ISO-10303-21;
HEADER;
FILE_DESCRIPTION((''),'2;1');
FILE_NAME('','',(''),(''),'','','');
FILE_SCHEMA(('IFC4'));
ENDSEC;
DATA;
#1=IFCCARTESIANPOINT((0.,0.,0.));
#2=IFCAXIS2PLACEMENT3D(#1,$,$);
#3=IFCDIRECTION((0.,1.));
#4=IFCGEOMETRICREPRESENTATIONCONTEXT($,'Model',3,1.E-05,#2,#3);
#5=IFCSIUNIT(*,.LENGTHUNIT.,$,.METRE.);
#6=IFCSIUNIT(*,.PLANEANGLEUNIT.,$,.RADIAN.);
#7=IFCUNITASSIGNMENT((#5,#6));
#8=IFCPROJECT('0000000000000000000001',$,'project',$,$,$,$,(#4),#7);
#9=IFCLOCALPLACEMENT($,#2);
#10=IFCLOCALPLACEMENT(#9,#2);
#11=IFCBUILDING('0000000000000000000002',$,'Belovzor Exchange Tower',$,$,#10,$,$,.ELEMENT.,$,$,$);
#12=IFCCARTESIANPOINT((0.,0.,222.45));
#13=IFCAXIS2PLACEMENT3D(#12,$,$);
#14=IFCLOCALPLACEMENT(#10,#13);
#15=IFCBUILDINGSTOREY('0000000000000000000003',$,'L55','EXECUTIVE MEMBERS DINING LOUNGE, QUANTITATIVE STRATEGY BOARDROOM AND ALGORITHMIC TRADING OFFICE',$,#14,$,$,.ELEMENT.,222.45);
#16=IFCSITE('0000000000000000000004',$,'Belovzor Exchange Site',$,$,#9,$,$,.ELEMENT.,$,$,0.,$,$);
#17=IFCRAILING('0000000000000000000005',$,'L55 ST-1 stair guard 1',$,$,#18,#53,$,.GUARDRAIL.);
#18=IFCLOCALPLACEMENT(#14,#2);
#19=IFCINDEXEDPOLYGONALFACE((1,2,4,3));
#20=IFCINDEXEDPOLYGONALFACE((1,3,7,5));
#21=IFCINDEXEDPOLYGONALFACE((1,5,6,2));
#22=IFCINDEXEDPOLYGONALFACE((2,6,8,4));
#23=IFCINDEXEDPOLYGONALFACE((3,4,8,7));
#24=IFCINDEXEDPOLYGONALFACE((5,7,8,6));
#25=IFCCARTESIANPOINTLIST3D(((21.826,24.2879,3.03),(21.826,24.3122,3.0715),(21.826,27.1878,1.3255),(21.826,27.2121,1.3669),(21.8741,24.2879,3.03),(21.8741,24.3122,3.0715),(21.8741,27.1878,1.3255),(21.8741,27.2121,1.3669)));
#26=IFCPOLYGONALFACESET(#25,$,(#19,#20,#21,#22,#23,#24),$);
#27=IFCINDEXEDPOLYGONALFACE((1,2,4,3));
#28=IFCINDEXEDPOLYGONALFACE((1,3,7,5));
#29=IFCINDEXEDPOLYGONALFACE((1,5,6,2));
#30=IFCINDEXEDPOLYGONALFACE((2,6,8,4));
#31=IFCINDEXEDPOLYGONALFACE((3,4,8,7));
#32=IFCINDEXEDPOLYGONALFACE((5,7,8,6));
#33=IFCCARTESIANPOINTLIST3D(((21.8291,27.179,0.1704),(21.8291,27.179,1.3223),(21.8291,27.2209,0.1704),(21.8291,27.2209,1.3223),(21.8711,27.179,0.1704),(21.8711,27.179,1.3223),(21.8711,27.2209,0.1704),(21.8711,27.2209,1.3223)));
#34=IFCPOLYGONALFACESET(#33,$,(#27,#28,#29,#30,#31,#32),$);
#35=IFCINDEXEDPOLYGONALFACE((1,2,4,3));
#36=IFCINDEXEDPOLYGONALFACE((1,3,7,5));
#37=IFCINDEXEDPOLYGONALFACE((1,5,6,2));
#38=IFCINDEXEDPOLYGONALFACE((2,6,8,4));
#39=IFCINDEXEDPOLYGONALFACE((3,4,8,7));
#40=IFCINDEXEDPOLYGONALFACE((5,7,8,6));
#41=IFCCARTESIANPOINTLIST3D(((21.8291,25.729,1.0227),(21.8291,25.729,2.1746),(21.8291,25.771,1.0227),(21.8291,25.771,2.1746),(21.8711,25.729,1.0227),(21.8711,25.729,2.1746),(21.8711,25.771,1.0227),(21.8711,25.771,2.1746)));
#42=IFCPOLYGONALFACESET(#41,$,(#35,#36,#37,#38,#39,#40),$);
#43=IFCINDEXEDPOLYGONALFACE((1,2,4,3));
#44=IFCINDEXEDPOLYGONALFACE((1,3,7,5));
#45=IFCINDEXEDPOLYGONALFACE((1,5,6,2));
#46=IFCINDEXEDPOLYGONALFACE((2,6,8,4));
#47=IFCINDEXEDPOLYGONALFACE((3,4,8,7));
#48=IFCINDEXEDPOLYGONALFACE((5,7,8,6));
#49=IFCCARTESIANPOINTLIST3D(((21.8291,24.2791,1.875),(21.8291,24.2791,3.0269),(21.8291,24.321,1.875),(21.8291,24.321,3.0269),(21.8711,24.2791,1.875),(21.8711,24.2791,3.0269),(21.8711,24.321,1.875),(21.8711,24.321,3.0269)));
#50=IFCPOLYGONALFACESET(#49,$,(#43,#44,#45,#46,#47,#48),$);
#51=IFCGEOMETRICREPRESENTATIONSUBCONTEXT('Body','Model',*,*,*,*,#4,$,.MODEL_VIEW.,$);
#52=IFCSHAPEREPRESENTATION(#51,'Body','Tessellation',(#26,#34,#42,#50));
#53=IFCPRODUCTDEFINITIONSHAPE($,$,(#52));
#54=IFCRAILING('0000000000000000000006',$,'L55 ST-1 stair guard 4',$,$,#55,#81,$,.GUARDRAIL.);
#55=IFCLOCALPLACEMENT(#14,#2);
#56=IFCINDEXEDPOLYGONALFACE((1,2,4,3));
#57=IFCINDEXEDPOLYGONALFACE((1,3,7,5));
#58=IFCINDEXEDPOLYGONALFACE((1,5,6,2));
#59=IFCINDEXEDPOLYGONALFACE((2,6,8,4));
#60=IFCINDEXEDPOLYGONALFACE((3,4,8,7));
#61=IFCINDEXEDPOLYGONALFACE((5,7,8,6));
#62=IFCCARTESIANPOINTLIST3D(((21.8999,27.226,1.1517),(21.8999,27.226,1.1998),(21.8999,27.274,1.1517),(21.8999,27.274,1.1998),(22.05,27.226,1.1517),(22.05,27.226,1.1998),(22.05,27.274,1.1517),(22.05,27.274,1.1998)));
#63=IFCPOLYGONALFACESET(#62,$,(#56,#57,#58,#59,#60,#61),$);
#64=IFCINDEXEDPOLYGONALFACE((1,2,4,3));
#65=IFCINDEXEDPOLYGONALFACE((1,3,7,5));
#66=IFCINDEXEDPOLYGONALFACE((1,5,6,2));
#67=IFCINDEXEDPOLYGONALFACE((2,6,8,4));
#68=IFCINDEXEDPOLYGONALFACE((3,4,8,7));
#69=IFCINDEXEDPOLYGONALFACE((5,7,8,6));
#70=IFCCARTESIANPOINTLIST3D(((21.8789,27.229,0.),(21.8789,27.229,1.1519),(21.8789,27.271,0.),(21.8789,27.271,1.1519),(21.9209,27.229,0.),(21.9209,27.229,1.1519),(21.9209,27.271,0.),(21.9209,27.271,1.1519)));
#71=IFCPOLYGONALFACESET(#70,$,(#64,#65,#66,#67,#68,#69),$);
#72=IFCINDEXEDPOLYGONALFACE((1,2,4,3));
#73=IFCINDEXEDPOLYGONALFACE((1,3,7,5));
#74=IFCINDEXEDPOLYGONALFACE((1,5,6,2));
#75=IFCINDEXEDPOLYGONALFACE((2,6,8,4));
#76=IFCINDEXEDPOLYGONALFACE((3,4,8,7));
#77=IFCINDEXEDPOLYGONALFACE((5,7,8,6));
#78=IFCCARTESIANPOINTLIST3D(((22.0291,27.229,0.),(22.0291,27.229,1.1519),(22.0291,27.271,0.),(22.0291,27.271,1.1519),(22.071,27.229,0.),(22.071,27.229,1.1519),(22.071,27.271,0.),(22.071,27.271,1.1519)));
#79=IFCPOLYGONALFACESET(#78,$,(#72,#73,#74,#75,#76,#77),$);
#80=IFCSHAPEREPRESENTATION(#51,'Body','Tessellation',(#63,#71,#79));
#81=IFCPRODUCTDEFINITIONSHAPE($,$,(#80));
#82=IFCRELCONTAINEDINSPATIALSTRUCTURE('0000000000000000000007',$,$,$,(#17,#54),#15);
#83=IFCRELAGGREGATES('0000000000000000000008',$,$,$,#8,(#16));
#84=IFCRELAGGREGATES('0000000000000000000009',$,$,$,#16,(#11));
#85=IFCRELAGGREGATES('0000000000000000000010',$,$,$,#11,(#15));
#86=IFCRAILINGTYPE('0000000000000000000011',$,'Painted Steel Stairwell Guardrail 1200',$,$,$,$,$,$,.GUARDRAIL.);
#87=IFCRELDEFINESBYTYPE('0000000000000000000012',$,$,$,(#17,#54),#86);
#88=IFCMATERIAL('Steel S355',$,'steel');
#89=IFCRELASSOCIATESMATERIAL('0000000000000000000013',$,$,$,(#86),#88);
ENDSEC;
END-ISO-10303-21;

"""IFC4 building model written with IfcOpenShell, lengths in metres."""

from ifc_helpers import new_model, si_unit, direction, frame, origin, origin_2d, place, context, subcontext, project, spatial, rectangle, extrude, material, type_object, element, save


model = new_model("IFC4")

# Units and contexts
model_context = context("Model", 3, precision=1e-05, world=origin(), true_north=direction((0.0, 1.0)))
body_context = subcontext(model_context, "Body", "Model", "MODEL_VIEW")
ifc_project = project(units=[si_unit("LENGTHUNIT", "METRE"), si_unit("PLANEANGLEUNIT", "RADIAN")], contexts=[model_context])

# Site, building, storey
site_placement = place(None, origin())
site = spatial("IfcSite", under=ifc_project, at=site_placement, Name="Belovzor Exchange Site", CompositionType="ELEMENT", RefElevation=0.0)
building_placement = place(site_placement, origin())
building = spatial("IfcBuilding", under=site, at=building_placement, Name="Belovzor Exchange Tower", CompositionType="ELEMENT")
storey_placement = place(building_placement, frame((0.0, 0.0, 222.45)))
storey = spatial("IfcBuildingStorey", under=building, at=storey_placement, Name="L55", Description="EXECUTIVE MEMBERS DINING LOUNGE, QUANTITATIVE STRATEGY BOARDROOM AND ALGORITHMIC TRADING OFFICE", CompositionType="ELEMENT", Elevation=222.45)

# Railings
ifc_material_1 = material(Name="Steel S355", Category="steel")
railing_type_1 = type_object("IfcRailingType", Name="Painted Steel Stairwell Guardrail 1200", PredefinedType="GUARDRAIL", material=ifc_material_1)
railing_1_placement = place(storey_placement, frame((21.8501, 27.2, 0.1704)))
element("IfcRailing", 1, at=railing_1_placement, inside=storey, type_object=railing_type_1, Name="L55 ST-1 stair guard 1", PredefinedType="GUARDRAIL", context=body_context, shape_type="SweptSolid", body=[
    extrude(rectangle(XDim=0.0481, YDim=0.0481, at=origin_2d()), frame((0.0, 0.0, 1.1758), z_axis=(0.0, -0.862095, 0.506747), x_axis=(1.0, 0.0, 0.0)), (0.0, 0.0, 1.0), 3.3638),
    extrude(rectangle(XDim=0.042, YDim=0.042, at=origin_2d()), origin(), (0.0, 0.0, 1.0), 1.1519),
    extrude(rectangle(XDim=0.042, YDim=0.042, at=origin_2d()), frame((0.0, -1.45, 0.8523)), (0.0, 0.0, 1.0), 1.1519),
    extrude(rectangle(XDim=0.042, YDim=0.042, at=origin_2d()), frame((0.0, -2.8999, 1.7046)), (0.0, 0.0, 1.0), 1.1519),
])
railing_2_placement = place(storey_placement, frame((21.8999, 27.25, 0.0)))
element("IfcRailing", 2, at=railing_2_placement, inside=storey, type_object=railing_type_1, Name="L55 ST-1 stair guard 4", PredefinedType="GUARDRAIL", context=body_context, shape_type="SweptSolid", body=[
    extrude(rectangle(XDim=0.0481, YDim=0.0481, at=origin_2d()), frame((0.0, 0.0, 1.1758), z_axis=(1.0, 0.0, 0.0), x_axis=(0.0, 1.0, 0.0)), (0.0, 0.0, 1.0), 0.1501),
    extrude(rectangle(XDim=0.042, YDim=0.042, at=origin_2d()), origin(), (0.0, 0.0, 1.0), 1.1519),
    extrude(rectangle(XDim=0.042, YDim=0.042, at=origin_2d()), frame((0.1501, 0.0, 0.0)), (0.0, 0.0, 1.0), 1.1519),
])

save(model, "model.ifc")
